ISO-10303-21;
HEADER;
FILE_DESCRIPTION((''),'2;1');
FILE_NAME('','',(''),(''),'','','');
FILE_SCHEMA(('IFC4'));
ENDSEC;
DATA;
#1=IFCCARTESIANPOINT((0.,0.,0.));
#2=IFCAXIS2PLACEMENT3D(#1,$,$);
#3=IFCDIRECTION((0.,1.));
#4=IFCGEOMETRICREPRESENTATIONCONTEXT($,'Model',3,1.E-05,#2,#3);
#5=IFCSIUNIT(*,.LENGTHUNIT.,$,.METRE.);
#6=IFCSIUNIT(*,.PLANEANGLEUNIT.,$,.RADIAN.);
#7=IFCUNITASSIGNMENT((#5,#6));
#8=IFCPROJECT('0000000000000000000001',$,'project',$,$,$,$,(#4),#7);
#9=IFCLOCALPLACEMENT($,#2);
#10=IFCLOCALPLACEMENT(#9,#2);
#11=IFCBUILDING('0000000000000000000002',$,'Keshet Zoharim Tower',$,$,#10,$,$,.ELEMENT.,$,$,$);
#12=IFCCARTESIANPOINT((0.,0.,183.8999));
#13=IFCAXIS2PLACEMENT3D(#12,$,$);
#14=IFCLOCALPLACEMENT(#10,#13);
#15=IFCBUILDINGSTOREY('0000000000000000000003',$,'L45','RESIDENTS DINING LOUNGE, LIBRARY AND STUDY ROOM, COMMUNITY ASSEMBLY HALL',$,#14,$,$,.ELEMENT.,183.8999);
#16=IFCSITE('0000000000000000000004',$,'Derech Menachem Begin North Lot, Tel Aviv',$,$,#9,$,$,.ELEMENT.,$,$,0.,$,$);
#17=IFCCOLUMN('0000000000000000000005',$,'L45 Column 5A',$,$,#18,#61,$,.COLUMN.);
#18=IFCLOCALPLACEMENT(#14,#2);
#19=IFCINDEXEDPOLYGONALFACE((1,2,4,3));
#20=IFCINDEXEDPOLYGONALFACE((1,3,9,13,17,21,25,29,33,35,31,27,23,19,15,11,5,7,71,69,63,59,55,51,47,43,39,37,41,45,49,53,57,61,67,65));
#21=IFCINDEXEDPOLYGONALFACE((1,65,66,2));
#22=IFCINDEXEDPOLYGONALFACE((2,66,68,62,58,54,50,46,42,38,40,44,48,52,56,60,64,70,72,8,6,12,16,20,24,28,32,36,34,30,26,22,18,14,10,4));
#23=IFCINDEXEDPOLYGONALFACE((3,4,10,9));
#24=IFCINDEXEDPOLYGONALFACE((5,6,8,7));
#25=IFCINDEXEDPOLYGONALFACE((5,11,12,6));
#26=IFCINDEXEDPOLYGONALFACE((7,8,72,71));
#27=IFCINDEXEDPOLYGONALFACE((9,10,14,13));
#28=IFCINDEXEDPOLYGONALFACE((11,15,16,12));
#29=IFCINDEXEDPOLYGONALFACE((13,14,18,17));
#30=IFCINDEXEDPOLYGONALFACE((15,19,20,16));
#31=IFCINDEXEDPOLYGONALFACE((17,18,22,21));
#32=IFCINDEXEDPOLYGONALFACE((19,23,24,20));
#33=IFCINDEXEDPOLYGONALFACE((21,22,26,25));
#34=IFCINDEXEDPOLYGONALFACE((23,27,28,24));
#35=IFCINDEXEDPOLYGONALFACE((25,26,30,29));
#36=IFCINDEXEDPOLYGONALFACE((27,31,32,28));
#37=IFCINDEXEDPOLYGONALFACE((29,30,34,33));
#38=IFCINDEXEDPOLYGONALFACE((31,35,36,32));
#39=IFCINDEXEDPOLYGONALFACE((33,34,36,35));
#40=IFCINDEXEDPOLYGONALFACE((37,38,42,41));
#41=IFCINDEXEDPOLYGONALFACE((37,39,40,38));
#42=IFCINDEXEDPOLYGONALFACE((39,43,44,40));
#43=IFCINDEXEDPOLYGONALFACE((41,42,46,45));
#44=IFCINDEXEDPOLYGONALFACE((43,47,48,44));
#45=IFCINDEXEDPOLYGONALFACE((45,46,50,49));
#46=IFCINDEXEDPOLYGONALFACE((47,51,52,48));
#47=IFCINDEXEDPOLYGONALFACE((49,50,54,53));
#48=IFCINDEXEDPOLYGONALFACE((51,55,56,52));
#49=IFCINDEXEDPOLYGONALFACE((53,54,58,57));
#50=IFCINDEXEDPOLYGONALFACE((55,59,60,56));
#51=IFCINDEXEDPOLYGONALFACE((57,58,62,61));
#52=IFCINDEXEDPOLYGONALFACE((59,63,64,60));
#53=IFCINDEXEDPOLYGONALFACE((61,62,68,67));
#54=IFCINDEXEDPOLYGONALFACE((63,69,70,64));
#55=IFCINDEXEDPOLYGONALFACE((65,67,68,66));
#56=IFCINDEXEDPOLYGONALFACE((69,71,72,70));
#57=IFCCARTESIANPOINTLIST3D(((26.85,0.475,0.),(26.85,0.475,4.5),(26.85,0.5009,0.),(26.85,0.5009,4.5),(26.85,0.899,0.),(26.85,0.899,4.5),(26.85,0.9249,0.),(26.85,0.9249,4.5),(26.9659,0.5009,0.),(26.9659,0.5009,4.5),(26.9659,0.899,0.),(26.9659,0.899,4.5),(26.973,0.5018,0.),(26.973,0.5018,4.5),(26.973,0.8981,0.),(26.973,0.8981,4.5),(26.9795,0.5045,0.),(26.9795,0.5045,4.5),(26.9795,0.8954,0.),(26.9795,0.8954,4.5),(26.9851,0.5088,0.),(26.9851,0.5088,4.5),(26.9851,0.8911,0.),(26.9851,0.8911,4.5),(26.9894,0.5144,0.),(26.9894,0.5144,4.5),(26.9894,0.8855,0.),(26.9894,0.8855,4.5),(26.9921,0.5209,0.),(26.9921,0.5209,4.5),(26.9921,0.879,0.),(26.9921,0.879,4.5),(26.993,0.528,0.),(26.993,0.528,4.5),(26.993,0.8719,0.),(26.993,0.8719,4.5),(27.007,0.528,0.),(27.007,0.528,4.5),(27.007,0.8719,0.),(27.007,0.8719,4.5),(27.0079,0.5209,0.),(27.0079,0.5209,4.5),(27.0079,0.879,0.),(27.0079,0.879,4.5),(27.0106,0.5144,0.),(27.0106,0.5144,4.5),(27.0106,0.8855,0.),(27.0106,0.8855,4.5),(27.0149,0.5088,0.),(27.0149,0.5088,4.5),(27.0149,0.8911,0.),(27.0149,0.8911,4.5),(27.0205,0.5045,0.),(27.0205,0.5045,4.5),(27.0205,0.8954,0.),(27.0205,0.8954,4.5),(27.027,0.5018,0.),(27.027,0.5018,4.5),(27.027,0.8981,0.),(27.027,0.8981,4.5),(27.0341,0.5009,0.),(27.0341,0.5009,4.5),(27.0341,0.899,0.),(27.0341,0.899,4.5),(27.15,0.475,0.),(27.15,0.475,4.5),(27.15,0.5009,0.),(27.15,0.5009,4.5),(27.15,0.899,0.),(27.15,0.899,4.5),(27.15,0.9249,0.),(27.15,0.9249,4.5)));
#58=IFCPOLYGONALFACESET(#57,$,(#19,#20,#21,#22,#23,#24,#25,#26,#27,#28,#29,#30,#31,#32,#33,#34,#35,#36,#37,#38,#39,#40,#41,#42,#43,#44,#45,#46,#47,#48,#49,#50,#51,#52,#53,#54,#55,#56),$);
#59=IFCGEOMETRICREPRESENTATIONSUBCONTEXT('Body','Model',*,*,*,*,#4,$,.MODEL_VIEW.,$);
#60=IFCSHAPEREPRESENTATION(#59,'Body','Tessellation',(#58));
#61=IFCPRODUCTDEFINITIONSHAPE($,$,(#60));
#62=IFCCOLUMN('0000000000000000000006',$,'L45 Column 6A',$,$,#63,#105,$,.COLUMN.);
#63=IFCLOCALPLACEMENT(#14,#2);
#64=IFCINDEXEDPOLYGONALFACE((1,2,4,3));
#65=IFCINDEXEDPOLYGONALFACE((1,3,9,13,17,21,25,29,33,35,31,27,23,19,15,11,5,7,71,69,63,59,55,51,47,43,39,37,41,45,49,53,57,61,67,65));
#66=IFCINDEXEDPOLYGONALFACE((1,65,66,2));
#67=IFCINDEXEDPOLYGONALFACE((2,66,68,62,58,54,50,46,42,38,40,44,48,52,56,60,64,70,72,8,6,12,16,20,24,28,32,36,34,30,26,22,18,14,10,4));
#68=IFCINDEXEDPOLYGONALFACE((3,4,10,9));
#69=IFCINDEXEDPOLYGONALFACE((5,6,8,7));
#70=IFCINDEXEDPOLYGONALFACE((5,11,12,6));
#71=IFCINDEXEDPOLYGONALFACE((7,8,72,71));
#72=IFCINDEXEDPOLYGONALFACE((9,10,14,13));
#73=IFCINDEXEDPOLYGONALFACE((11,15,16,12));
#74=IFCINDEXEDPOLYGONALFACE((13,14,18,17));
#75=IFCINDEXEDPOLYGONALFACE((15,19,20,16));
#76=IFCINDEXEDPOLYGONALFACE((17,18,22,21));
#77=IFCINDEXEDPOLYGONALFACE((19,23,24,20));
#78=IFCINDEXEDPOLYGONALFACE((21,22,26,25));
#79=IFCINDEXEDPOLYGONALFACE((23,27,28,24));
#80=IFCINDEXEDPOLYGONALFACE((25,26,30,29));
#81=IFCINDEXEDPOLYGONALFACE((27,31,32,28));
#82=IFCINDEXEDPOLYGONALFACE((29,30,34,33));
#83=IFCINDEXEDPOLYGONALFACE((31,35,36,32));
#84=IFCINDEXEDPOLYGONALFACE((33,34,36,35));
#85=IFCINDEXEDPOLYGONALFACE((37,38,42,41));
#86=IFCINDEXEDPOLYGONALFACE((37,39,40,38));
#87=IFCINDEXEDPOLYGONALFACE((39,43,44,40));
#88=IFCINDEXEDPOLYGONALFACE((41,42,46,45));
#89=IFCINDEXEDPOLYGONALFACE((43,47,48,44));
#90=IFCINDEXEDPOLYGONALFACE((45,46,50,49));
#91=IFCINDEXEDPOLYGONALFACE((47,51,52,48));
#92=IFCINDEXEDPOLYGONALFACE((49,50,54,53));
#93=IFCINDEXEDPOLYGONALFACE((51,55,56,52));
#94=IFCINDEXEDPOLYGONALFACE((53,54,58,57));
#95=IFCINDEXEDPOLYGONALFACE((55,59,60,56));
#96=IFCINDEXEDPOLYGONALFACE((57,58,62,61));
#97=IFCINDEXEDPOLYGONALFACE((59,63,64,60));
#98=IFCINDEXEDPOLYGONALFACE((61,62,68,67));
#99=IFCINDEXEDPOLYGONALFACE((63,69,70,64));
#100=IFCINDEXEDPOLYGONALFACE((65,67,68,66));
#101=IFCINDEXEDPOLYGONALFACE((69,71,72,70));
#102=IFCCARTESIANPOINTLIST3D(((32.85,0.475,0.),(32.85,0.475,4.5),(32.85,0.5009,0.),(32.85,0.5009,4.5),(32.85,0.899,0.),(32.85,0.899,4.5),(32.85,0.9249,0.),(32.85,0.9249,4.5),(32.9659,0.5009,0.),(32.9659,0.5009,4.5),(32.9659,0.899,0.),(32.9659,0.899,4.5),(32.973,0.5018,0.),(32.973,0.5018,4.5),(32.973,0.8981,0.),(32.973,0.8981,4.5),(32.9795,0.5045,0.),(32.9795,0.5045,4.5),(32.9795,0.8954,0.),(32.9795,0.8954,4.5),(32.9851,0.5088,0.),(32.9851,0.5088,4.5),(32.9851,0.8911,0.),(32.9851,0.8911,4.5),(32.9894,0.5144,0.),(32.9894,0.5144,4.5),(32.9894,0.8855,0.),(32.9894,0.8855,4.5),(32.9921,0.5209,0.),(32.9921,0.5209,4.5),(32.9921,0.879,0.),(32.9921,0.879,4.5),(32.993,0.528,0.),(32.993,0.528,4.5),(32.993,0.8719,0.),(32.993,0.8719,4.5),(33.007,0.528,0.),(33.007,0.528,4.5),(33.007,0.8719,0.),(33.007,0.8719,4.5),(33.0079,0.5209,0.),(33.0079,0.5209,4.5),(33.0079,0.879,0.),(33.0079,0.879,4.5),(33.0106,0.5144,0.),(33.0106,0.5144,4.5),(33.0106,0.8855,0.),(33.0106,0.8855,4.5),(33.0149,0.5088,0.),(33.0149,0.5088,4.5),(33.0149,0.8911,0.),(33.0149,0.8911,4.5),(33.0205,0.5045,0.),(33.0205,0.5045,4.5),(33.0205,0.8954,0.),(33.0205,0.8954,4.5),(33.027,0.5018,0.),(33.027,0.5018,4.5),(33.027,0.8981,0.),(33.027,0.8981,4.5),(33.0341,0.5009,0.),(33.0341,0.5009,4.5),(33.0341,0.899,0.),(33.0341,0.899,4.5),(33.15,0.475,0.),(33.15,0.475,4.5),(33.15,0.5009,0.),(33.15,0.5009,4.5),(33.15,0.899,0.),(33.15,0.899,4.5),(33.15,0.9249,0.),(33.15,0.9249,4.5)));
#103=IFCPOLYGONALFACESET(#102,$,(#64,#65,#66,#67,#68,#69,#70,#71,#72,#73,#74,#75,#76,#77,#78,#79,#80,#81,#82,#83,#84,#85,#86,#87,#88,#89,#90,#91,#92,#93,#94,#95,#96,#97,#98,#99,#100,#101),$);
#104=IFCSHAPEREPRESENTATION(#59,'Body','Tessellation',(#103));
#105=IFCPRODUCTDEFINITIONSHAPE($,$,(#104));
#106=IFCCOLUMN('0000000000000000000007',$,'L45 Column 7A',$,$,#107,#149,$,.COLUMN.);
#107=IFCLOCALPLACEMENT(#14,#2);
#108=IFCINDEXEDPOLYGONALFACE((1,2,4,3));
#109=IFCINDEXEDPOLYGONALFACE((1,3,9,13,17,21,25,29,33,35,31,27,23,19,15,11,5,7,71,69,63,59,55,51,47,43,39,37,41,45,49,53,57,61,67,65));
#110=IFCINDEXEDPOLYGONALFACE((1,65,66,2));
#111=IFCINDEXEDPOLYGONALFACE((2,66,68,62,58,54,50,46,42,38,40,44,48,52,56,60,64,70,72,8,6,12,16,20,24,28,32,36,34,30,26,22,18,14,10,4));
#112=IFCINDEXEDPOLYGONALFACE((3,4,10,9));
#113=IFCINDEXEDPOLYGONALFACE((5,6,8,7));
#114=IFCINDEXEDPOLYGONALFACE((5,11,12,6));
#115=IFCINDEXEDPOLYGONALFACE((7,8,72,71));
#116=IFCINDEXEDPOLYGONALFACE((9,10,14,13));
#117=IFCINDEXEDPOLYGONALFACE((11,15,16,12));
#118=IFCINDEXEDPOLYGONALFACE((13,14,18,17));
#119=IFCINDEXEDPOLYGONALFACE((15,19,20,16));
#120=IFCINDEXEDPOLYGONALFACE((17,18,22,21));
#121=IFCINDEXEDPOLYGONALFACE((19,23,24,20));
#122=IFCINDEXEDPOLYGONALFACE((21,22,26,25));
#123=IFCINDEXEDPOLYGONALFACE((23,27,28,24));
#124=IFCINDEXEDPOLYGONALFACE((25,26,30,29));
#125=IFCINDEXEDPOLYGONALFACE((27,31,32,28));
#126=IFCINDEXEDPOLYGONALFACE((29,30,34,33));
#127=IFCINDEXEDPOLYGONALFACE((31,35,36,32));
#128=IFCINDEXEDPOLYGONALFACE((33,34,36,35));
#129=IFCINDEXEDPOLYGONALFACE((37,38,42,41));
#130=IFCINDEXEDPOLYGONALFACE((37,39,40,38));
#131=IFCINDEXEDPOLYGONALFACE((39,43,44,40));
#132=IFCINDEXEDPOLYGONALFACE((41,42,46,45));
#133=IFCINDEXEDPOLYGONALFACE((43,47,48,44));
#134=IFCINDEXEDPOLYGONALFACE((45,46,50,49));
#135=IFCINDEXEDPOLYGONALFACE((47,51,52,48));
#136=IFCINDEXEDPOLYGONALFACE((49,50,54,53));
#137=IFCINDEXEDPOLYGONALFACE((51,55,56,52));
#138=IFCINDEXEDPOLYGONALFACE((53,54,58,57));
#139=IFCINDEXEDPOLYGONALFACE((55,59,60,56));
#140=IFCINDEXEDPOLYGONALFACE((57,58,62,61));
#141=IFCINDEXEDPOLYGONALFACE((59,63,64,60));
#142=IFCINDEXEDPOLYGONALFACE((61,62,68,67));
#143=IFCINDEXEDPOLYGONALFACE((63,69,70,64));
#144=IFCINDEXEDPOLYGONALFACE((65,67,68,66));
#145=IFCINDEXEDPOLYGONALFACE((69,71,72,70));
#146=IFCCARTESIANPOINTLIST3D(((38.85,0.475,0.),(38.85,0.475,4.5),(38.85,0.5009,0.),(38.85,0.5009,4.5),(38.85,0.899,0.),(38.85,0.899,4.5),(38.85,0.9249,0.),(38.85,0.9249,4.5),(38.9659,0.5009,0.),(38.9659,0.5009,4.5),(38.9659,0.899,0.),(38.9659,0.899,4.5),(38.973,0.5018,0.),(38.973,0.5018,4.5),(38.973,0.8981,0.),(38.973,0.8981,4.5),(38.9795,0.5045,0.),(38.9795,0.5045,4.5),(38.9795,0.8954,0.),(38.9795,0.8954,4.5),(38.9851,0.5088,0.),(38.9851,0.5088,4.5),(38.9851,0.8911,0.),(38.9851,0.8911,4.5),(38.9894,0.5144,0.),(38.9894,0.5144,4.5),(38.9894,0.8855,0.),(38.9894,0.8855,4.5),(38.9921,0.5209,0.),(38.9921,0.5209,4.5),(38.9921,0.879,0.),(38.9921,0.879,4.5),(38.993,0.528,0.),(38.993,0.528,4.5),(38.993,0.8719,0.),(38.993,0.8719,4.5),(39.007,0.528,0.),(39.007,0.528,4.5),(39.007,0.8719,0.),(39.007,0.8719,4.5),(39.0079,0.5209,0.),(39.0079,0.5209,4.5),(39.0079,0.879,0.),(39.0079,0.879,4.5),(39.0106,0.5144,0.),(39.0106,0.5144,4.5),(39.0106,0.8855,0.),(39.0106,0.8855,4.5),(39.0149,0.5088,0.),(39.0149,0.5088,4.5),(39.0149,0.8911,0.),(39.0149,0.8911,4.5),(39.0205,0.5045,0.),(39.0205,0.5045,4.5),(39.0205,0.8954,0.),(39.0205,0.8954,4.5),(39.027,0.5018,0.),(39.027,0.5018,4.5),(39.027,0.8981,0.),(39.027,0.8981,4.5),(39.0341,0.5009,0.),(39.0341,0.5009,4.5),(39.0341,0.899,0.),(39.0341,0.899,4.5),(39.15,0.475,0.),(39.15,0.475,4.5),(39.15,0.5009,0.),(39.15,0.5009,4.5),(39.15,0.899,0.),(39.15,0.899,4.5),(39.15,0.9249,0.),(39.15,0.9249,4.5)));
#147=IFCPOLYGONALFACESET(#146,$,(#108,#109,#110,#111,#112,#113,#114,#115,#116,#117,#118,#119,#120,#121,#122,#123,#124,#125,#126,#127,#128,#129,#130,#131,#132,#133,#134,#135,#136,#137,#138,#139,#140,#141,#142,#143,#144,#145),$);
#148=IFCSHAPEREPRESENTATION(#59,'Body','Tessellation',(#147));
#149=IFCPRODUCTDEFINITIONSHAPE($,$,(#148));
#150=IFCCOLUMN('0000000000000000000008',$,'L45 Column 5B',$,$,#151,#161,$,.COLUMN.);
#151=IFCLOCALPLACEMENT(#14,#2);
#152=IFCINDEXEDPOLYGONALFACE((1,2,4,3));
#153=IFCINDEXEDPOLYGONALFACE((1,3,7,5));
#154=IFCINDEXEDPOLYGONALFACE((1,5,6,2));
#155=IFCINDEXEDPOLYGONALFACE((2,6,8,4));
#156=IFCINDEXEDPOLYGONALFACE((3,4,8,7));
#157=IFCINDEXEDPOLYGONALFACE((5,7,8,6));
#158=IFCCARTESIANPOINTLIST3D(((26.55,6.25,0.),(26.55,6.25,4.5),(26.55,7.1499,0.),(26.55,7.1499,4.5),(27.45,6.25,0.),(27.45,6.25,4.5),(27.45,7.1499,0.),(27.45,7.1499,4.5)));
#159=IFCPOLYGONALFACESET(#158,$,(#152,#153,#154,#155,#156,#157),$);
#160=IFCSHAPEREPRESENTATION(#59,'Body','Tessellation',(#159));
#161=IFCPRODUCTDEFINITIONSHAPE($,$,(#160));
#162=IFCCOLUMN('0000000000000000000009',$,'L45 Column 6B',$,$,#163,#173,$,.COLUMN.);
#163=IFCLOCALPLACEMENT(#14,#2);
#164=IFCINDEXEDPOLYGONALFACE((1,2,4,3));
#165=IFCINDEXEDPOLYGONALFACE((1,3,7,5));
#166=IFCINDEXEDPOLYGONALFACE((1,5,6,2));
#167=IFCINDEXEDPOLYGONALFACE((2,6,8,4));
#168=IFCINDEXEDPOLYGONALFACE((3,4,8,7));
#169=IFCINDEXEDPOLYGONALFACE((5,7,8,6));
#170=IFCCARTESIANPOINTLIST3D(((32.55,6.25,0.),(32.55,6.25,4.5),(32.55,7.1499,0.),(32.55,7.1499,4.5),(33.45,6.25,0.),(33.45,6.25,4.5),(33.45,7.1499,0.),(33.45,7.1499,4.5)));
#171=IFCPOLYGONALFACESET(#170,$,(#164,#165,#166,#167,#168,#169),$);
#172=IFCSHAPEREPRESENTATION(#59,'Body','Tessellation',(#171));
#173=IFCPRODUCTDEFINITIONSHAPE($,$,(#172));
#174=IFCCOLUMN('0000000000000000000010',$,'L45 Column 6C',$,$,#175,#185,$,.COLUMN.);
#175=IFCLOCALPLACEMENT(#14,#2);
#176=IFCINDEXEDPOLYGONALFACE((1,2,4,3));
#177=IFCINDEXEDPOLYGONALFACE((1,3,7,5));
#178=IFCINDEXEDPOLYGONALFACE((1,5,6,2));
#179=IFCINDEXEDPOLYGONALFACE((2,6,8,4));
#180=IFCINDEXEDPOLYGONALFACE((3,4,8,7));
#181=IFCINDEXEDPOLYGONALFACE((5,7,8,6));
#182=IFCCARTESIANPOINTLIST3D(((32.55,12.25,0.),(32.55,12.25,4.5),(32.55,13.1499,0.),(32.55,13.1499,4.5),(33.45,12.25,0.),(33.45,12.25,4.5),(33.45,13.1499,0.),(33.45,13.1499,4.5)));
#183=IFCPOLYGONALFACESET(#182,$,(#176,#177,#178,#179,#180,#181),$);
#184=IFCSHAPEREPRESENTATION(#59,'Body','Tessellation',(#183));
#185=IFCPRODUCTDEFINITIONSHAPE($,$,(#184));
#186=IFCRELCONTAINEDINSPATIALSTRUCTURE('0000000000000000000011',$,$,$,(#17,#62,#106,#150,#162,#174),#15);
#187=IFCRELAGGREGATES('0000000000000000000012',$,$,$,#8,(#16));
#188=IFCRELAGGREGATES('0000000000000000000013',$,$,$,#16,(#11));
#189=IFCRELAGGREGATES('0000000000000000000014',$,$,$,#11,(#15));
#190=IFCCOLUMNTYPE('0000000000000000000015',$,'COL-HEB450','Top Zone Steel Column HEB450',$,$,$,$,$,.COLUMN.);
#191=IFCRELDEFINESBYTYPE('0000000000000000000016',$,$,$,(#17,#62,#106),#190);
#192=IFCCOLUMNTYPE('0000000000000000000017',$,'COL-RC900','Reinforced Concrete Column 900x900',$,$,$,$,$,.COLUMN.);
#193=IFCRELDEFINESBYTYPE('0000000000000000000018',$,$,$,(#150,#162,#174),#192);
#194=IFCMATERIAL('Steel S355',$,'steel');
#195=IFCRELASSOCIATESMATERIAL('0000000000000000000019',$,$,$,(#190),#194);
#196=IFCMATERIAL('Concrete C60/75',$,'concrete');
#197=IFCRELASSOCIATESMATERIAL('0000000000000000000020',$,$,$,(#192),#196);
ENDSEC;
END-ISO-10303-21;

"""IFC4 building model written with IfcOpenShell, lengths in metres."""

from ifc_helpers import new_model, si_unit, direction, frame, origin, origin_2d, place, context, subcontext, project, spatial, rectangle, i_section, extrude, material, material_profile, profile_set, type_object, element, save


model = new_model("IFC4")

# Units and contexts
model_context = context("Model", 3, precision=1e-05, world=origin(), true_north=direction((0.0, 1.0)))
body_context = subcontext(model_context, "Body", "Model", "MODEL_VIEW")
ifc_project = project(units=[si_unit("LENGTHUNIT", "METRE"), si_unit("PLANEANGLEUNIT", "RADIAN")], contexts=[model_context])

# Site, building, storey
site_placement = place(None, origin())
site = spatial("IfcSite", under=ifc_project, at=site_placement, Name="Derech Menachem Begin North Lot, Tel Aviv", CompositionType="ELEMENT", RefElevation=0.0)
building_placement = place(site_placement, origin())
building = spatial("IfcBuilding", under=site, at=building_placement, Name="Keshet Zoharim Tower", CompositionType="ELEMENT")
storey_placement = place(building_placement, frame((0.0, 0.0, 183.8999)))
storey = spatial("IfcBuildingStorey", under=building, at=storey_placement, Name="L45", Description="RESIDENTS DINING LOUNGE, LIBRARY AND STUDY ROOM, COMMUNITY ASSEMBLY HALL", CompositionType="ELEMENT", Elevation=183.8999)

# Columns
ifc_material_1 = material(Name="Steel S355", Category="steel")
ifc_material_profile_1 = material_profile(ifc_material_1, i_section(OverallWidth=0.3, OverallDepth=0.45, WebThickness=0.0139, FlangeThickness=0.0259, FilletRadius=0.0271, at=origin_2d()), Name="HEB450")
ifc_profile_set_1 = profile_set([ifc_material_profile_1], Name="Steel S355")
column_type_1 = type_object("IfcColumnType", Name="COL-HEB450", Description="Top Zone Steel Column HEB450", PredefinedType="COLUMN", material=ifc_profile_set_1)
for number, where, z_axis, x_axis, name in (
    (1, (27.0, 0.7, 0.0), (0.0, 0.0, 1.0), (1.0, 0.0, 0.0), "L45 Column 5A"),
    (2, (33.0, 0.7, 0.0), (0.0, 0.0, 1.0), (1.0, 0.0, 0.0), "L45 Column 6A"),
    (3, (39.0, 0.7, 0.0), (0.0, 0.0, 1.0), (1.0, 0.0, 0.0), "L45 Column 7A"),
):
    element("IfcColumn", number, at=place(storey_placement, frame(where, z_axis=z_axis, x_axis=x_axis)), inside=storey, type_object=column_type_1, Name=name, PredefinedType="COLUMN", context=body_context, shape_type="SweptSolid", body=[
        extrude(i_section(OverallWidth=0.3, OverallDepth=0.45, WebThickness=0.0139, FlangeThickness=0.0259, FilletRadius=0.0271, at=origin_2d()), origin(), (0.0, 0.0, 1.0), 4.5),
    ])
ifc_material_2 = material(Name="Concrete C60/75", Category="concrete")
ifc_material_profile_2 = material_profile(ifc_material_2, rectangle(XDim=0.8999, YDim=0.8999, at=origin_2d()), Name="RC900x900")
ifc_profile_set_2 = profile_set([ifc_material_profile_2], Name="Concrete C60/75")
column_type_2 = type_object("IfcColumnType", Name="COL-RC900", Description="Reinforced Concrete Column 900x900", PredefinedType="COLUMN", material=ifc_profile_set_2)
for number, where, z_axis, x_axis, name in (
    (4, (27.0, 6.7, 0.0), (0.0, 0.0, 1.0), (1.0, 0.0, 0.0), "L45 Column 5B"),
    (5, (33.0, 6.7, 0.0), (0.0, 0.0, 1.0), (1.0, 0.0, 0.0), "L45 Column 6B"),
    (6, (33.0, 12.7, 0.0), (0.0, 0.0, 1.0), (1.0, 0.0, 0.0), "L45 Column 6C"),
):
    element("IfcColumn", number, at=place(storey_placement, frame(where, z_axis=z_axis, x_axis=x_axis)), inside=storey, type_object=column_type_2, Name=name, PredefinedType="COLUMN", context=body_context, shape_type="SweptSolid", body=[
        extrude(rectangle(XDim=0.8999, YDim=0.8999, at=origin_2d()), origin(), (0.0, 0.0, 1.0), 4.5),
    ])

save(model, "model.ifc")
